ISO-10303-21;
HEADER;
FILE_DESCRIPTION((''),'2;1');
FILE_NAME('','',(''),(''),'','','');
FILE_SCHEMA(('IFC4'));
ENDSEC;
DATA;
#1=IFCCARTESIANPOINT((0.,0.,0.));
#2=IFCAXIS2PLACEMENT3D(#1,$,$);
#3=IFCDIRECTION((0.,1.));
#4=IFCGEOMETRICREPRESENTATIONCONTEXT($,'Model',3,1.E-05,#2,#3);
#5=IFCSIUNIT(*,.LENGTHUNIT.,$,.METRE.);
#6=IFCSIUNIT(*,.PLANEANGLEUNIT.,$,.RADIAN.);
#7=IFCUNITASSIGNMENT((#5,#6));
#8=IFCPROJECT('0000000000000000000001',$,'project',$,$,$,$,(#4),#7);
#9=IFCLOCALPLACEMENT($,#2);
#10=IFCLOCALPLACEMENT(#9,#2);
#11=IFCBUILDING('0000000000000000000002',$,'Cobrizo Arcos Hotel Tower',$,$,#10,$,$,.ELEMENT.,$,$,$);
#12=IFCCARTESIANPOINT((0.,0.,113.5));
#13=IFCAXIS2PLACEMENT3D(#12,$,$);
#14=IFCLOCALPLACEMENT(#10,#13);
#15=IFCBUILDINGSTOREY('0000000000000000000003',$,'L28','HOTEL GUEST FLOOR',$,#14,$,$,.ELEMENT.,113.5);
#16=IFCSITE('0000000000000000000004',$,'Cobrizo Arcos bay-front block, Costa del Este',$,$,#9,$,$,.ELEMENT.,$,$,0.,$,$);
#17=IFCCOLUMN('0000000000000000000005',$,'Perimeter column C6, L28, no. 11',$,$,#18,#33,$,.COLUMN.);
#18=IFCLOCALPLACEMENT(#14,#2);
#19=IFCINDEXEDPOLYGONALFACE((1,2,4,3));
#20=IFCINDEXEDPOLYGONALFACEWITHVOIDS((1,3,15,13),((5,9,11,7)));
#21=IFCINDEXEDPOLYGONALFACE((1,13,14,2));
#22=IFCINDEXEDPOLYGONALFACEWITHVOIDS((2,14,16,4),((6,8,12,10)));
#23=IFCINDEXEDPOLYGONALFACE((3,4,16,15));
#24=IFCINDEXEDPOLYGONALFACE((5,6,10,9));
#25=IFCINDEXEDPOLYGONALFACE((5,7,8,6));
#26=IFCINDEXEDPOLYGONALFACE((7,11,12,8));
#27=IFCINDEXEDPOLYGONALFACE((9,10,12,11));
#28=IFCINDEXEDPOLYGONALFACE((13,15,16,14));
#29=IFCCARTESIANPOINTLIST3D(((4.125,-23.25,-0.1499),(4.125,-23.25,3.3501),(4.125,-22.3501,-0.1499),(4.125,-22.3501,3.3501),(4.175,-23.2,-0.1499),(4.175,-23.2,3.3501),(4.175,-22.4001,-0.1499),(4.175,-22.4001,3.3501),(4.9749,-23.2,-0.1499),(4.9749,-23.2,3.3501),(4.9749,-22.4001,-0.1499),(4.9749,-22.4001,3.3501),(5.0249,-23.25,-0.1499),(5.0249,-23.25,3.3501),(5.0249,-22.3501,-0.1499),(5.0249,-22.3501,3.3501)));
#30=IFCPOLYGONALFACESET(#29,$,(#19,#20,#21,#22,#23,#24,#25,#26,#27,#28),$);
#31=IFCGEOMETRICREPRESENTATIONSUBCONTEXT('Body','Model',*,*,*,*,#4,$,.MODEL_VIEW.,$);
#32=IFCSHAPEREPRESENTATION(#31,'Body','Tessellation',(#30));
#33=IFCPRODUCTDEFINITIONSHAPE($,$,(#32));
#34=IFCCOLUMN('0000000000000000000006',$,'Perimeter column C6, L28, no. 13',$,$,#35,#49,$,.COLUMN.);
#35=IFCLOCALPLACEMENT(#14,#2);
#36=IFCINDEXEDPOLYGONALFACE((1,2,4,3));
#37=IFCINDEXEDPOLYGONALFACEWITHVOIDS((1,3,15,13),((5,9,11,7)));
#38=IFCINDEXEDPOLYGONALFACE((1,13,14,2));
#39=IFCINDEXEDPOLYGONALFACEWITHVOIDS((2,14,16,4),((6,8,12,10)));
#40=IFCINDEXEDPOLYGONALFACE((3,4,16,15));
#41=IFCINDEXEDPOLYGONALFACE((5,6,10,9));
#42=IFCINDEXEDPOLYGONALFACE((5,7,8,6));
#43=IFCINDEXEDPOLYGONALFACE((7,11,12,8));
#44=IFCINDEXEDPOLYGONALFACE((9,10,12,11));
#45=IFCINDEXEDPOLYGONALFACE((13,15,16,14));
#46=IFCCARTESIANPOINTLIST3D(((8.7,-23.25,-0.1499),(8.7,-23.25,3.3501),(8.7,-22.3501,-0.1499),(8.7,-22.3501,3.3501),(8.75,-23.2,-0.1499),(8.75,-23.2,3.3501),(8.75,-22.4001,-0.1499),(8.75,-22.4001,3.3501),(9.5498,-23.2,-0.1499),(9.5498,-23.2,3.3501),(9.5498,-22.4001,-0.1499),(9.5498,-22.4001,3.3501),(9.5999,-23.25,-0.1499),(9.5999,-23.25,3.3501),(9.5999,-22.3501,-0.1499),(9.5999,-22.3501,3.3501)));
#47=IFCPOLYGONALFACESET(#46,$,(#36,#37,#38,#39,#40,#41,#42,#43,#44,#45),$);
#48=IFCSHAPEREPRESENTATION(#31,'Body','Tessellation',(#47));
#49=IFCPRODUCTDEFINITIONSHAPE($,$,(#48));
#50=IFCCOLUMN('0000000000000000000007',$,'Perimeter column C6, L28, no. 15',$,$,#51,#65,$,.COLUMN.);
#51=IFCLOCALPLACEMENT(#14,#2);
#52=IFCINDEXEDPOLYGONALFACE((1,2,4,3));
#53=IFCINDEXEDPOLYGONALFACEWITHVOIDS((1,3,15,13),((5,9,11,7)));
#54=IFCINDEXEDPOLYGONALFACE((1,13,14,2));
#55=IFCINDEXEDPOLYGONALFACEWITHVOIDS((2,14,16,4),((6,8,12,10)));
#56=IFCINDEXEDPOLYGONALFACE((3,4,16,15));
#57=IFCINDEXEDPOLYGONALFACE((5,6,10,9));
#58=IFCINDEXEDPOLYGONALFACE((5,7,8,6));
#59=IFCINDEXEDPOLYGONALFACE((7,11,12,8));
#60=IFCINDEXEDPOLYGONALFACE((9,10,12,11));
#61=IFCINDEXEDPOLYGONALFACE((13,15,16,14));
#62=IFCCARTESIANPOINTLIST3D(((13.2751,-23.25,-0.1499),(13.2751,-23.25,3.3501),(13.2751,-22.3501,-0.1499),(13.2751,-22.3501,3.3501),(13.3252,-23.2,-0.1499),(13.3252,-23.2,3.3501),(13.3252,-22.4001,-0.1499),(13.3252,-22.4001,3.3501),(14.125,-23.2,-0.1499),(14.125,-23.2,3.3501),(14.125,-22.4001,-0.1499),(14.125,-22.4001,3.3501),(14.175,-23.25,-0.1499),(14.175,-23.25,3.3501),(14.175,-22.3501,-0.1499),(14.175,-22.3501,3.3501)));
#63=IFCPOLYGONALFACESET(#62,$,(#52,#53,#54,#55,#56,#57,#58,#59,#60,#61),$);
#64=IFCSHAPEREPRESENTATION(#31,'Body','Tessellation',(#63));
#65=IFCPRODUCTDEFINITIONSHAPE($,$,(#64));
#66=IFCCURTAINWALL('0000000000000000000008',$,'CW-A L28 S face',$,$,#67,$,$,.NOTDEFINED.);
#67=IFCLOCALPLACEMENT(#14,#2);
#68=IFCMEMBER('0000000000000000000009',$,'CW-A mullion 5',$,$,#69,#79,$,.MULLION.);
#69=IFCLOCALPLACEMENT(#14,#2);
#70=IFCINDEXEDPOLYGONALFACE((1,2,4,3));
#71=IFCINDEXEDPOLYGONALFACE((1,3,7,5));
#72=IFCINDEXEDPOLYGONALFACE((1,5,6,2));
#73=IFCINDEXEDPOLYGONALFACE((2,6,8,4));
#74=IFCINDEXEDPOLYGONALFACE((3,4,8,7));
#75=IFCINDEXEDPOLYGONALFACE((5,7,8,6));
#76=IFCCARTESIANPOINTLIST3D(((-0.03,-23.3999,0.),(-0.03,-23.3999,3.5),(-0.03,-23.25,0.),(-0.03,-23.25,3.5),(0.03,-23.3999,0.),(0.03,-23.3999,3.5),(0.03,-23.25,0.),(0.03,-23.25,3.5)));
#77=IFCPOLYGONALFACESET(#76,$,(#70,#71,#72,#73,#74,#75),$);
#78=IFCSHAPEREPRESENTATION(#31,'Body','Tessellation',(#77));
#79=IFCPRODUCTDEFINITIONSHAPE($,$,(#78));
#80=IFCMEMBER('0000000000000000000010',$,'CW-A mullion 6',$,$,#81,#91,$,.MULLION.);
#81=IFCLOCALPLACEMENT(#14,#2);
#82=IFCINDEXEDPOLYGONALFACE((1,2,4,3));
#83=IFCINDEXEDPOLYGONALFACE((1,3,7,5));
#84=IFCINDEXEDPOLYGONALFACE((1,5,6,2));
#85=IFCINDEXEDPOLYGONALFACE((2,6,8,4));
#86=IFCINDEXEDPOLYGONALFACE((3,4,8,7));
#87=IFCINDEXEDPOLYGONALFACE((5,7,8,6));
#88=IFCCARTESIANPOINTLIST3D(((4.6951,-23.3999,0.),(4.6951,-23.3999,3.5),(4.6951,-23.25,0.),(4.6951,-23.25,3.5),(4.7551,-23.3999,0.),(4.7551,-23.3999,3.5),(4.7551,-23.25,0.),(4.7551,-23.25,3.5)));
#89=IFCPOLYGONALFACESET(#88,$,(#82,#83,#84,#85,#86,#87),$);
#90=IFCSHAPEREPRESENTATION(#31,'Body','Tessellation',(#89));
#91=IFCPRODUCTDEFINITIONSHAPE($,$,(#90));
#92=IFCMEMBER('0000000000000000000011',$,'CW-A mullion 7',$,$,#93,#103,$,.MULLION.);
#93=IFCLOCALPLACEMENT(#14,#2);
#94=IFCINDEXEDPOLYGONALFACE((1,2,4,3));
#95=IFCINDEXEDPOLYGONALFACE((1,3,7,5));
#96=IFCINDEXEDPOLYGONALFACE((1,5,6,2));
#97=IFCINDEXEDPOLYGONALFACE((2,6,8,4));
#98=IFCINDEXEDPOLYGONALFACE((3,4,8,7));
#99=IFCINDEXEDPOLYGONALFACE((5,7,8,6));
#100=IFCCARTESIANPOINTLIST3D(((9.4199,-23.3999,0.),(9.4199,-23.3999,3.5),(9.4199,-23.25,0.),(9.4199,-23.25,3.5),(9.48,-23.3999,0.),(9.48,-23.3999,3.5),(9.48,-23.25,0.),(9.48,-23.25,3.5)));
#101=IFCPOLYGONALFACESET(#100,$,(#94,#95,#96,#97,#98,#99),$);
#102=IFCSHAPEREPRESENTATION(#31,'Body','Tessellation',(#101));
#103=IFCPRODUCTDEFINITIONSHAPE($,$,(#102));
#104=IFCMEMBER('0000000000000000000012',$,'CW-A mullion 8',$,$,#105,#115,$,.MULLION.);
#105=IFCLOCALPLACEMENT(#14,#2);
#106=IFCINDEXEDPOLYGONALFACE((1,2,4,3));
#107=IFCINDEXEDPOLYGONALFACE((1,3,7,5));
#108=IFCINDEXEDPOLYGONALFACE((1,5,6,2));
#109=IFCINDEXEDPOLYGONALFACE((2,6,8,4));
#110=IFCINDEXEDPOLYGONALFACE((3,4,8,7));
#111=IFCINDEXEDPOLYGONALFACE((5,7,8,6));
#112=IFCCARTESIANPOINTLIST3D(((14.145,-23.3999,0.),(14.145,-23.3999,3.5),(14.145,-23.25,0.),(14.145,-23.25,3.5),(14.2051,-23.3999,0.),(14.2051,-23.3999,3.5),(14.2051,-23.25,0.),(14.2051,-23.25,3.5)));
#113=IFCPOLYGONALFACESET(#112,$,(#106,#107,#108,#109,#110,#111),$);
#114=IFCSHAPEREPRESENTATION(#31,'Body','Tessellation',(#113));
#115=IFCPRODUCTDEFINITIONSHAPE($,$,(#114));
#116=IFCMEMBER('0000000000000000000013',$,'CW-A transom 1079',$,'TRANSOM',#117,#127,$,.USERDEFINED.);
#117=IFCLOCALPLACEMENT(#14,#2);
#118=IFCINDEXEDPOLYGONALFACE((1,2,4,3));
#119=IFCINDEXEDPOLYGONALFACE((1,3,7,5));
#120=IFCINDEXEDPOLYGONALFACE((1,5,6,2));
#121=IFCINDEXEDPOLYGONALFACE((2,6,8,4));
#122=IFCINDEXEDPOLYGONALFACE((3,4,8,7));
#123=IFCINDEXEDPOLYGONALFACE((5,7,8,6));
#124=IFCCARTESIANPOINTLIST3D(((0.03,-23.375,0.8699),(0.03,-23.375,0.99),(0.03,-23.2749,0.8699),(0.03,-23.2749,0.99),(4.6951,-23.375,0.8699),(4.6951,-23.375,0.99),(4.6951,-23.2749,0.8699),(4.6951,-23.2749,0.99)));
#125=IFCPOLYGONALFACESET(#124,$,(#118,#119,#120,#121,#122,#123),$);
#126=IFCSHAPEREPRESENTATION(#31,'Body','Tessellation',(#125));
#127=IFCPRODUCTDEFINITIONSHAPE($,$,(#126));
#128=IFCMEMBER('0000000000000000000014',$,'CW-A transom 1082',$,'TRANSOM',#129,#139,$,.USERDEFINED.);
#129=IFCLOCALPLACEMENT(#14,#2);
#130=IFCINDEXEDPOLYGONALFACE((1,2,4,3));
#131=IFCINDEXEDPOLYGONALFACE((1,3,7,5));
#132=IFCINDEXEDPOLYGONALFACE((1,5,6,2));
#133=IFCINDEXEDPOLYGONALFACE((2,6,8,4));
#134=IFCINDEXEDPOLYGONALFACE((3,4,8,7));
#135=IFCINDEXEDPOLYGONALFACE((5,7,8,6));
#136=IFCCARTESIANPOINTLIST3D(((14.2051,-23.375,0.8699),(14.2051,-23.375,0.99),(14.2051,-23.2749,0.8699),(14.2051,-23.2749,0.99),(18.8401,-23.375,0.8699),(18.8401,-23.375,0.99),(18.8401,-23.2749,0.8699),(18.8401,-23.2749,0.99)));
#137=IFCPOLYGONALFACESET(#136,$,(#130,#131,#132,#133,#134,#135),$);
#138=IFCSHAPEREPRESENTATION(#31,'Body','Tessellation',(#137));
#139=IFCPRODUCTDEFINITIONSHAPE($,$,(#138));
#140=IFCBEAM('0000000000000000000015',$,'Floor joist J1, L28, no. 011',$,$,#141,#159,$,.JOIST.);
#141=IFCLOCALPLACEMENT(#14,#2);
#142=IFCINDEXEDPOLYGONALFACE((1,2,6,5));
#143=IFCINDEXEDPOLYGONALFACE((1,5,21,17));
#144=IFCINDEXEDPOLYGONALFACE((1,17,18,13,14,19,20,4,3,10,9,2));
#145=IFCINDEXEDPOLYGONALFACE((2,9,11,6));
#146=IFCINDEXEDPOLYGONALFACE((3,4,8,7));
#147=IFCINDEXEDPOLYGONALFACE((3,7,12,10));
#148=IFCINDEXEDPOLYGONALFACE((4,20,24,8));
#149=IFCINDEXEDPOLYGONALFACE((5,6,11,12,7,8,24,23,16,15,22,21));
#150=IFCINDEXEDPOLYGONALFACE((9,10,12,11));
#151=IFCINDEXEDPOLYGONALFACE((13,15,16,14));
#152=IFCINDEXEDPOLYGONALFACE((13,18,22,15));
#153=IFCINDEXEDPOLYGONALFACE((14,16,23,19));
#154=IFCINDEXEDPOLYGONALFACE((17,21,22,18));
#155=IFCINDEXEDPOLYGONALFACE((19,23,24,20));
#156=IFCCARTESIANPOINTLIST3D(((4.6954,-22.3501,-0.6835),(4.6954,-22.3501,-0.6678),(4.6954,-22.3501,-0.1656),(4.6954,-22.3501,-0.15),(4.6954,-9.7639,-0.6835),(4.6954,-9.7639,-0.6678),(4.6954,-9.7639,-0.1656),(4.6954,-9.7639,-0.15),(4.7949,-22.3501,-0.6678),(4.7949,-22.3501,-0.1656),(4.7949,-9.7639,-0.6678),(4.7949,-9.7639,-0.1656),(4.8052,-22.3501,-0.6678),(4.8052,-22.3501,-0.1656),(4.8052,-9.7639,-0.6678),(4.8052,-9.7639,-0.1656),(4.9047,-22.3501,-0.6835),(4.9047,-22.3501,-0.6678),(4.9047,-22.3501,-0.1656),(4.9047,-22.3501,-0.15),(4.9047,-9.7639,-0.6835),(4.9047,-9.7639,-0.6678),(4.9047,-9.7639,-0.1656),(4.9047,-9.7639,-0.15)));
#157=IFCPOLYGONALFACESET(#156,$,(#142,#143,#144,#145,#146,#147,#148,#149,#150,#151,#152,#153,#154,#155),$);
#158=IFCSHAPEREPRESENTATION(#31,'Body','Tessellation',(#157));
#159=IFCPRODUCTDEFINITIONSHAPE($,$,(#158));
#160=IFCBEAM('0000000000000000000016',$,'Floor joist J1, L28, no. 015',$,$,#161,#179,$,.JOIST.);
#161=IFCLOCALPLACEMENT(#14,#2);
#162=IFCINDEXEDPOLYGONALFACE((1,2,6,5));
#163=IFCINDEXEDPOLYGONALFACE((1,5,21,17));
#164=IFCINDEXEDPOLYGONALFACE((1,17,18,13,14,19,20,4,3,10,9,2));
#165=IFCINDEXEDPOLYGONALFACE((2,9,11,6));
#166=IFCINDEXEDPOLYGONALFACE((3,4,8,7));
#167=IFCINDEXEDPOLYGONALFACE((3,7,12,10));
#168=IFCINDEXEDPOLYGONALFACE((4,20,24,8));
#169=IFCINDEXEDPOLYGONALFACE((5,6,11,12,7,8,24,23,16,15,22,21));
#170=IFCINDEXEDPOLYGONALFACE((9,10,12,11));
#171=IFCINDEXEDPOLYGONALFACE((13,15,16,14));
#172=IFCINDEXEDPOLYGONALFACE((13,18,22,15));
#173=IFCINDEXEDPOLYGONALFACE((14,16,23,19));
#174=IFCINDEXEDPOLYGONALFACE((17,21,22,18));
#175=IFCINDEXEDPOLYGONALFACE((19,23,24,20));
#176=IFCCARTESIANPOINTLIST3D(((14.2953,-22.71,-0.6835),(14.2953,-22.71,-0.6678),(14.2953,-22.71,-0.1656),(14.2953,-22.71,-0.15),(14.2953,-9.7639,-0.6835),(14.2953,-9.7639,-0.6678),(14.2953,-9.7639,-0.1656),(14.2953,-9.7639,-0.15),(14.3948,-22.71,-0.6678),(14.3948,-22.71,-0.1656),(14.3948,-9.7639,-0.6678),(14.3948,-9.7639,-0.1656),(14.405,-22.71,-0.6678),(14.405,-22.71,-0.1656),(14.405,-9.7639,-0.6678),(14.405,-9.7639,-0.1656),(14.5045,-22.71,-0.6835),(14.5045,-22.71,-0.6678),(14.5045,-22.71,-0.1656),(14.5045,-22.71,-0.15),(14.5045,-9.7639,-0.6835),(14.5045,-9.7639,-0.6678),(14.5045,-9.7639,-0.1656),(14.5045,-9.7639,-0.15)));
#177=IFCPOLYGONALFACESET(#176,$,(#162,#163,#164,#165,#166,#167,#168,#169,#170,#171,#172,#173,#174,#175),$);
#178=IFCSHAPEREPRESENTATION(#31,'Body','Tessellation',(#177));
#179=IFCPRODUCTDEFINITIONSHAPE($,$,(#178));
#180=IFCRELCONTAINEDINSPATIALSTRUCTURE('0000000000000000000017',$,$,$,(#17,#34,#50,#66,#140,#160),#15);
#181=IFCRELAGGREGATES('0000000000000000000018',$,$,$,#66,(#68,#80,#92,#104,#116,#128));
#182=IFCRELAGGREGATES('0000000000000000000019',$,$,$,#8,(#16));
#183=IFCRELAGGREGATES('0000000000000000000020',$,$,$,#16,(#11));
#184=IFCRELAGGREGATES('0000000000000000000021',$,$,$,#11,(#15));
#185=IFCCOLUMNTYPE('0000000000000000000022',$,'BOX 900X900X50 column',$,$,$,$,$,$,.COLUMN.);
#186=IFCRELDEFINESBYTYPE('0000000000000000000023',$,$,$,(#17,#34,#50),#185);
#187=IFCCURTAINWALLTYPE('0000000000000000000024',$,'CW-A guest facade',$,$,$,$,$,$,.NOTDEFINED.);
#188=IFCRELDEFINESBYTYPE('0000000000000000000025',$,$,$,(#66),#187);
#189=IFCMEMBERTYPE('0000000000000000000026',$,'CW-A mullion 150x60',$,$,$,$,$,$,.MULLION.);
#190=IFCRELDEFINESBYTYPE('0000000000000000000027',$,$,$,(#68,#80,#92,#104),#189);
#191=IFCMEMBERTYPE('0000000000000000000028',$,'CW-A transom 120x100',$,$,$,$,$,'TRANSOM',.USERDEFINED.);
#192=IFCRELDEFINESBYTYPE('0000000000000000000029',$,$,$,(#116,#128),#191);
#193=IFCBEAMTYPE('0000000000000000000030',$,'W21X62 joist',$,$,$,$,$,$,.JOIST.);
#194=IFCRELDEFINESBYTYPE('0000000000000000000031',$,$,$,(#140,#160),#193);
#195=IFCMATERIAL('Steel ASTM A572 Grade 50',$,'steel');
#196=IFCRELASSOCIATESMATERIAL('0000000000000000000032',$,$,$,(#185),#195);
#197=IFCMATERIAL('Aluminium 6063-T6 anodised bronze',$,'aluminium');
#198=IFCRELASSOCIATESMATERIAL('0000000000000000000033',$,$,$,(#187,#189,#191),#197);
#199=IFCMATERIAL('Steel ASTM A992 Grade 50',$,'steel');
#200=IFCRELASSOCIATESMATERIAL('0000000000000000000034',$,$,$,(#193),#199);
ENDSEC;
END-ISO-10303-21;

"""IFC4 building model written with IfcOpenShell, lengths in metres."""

from ifc_helpers import new_model, si_unit, direction, frame, origin, origin_2d, place, context, subcontext, project, spatial, rectangle, hollow_rectangle, i_section, extrude, material, material_profile, profile_set, type_object, element, aggregate, save


model = new_model("IFC4")

# Units and contexts
model_context = context("Model", 3, precision=1e-05, world=origin(), true_north=direction((0.0, 1.0)))
body_context = subcontext(model_context, "Body", "Model", "MODEL_VIEW")
ifc_project = project(units=[si_unit("LENGTHUNIT", "METRE"), si_unit("PLANEANGLEUNIT", "RADIAN")], contexts=[model_context])

# Site, building, storey
site_placement = place(None, origin())
site = spatial("IfcSite", under=ifc_project, at=site_placement, Name="Cobrizo Arcos bay-front block, Costa del Este", CompositionType="ELEMENT", RefElevation=0.0)
building_placement = place(site_placement, origin())
building = spatial("IfcBuilding", under=site, at=building_placement, Name="Cobrizo Arcos Hotel Tower", CompositionType="ELEMENT")
storey_placement = place(building_placement, frame((0.0, 0.0, 113.5)))
storey = spatial("IfcBuildingStorey", under=building, at=storey_placement, Name="L28", Description="HOTEL GUEST FLOOR", CompositionType="ELEMENT", Elevation=113.5)

# Columns
ifc_material_1 = material(Name="Steel ASTM A572 Grade 50", Category="steel")
ifc_material_profile_1 = material_profile(ifc_material_1, hollow_rectangle(XDim=0.8999, YDim=0.8999, WallThickness=0.05, at=origin_2d()), Name="BOX 900X900X50")
ifc_profile_set_1 = profile_set([ifc_material_profile_1], Name="Steel ASTM A572 Grade 50")
column_type = type_object("IfcColumnType", Name="BOX 900X900X50 column", PredefinedType="COLUMN", material=ifc_profile_set_1)
for number, where, z_axis, x_axis, name in (
    (1, (4.575, -22.8, -0.1499), (0.0, 0.0, 1.0), (1.0, 0.0, 0.0), "Perimeter column C6, L28, no. 11"),
    (2, (9.1499, -22.8, -0.1499), (0.0, 0.0, 1.0), (1.0, 0.0, 0.0), "Perimeter column C6, L28, no. 13"),
    (3, (13.7251, -22.8, -0.1499), (0.0, 0.0, 1.0), (1.0, 0.0, 0.0), "Perimeter column C6, L28, no. 15"),
):
    element("IfcColumn", number, at=place(storey_placement, frame(where, z_axis=z_axis, x_axis=x_axis)), inside=storey, type_object=column_type, Name=name, PredefinedType="COLUMN", context=body_context, shape_type="SweptSolid", body=[
        extrude(hollow_rectangle(XDim=0.8999, YDim=0.8999, WallThickness=0.05, at=origin_2d()), origin(), (0.0, 0.0, 1.0), 3.5),
    ])

# Curtain wall, members
ifc_material_2 = material(Name="Aluminium 6063-T6 anodised bronze", Category="aluminium")
curtain_wall_type = type_object("IfcCurtainWallType", Name="CW-A guest facade", PredefinedType="NOTDEFINED", material=ifc_material_2)
curtain_wall_placement = place(storey_placement, origin())
curtain_wall = element("IfcCurtainWall", 4, at=curtain_wall_placement, inside=storey, type_object=curtain_wall_type, Name="CW-A L28 S face", PredefinedType="NOTDEFINED")
ifc_material_profile_2 = material_profile(ifc_material_2, rectangle(XDim=0.1499, YDim=0.0601, at=origin_2d()), Name="CW-A mullion 150x60")
ifc_profile_set_2 = profile_set([ifc_material_profile_2], Name="Aluminium 6063-T6 anodised bronze")
member_type_1 = type_object("IfcMemberType", Name="CW-A mullion 150x60", PredefinedType="MULLION", material=ifc_profile_set_2)
member_1_placement = place(storey_placement, frame((0.0, -23.325, 0.0), z_axis=(0.0, 0.0, 1.0), x_axis=(0.0, -1.0, 0.0)))
member_1 = element("IfcMember", 5, at=member_1_placement, type_object=member_type_1, Name="CW-A mullion 5", PredefinedType="MULLION", context=body_context, shape_type="SweptSolid", body=[
    extrude(rectangle(XDim=0.1499, YDim=0.0601, at=origin_2d()), origin(), (0.0, 0.0, 1.0), 3.5),
])
member_2_placement = place(storey_placement, frame((4.7251, -23.325, 0.0), z_axis=(0.0, 0.0, 1.0), x_axis=(0.0, -1.0, 0.0)))
member_2 = element("IfcMember", 6, at=member_2_placement, type_object=member_type_1, Name="CW-A mullion 6", PredefinedType="MULLION", context=body_context, shape_type="SweptSolid", body=[
    extrude(rectangle(XDim=0.1499, YDim=0.0601, at=origin_2d()), origin(), (0.0, 0.0, 1.0), 3.5),
])
member_3_placement = place(storey_placement, frame((9.45, -23.325, 0.0), z_axis=(0.0, 0.0, 1.0), x_axis=(0.0, -1.0, 0.0)))
member_3 = element("IfcMember", 7, at=member_3_placement, type_object=member_type_1, Name="CW-A mullion 7", PredefinedType="MULLION", context=body_context, shape_type="SweptSolid", body=[
    extrude(rectangle(XDim=0.1499, YDim=0.0601, at=origin_2d()), origin(), (0.0, 0.0, 1.0), 3.5),
])
member_4_placement = place(storey_placement, frame((14.175, -23.325, 0.0), z_axis=(0.0, 0.0, 1.0), x_axis=(0.0, -1.0, 0.0)))
member_4 = element("IfcMember", 8, at=member_4_placement, type_object=member_type_1, Name="CW-A mullion 8", PredefinedType="MULLION", context=body_context, shape_type="SweptSolid", body=[
    extrude(rectangle(XDim=0.1499, YDim=0.0601, at=origin_2d()), origin(), (0.0, 0.0, 1.0), 3.5),
])
ifc_material_profile_3 = material_profile(ifc_material_2, rectangle(XDim=0.1001, YDim=0.1201, at=origin_2d()), Name="CW-A transom 120x100")
ifc_profile_set_3 = profile_set([ifc_material_profile_3], Name="Aluminium 6063-T6 anodised bronze")
member_type_2 = type_object("IfcMemberType", Name="CW-A transom 120x100", ElementType="TRANSOM", PredefinedType="USERDEFINED", material=ifc_profile_set_3)
member_5_placement = place(storey_placement, frame((0.03, -23.325, 0.9299), z_axis=(1.0, 0.0, 0.0), x_axis=(0.0, 1.0, 0.0)))
member_5 = element("IfcMember", 9, at=member_5_placement, type_object=member_type_2, Name="CW-A transom 1079", ObjectType="TRANSOM", PredefinedType="USERDEFINED", context=body_context, shape_type="SweptSolid", body=[
    extrude(rectangle(XDim=0.1001, YDim=0.1201, at=origin_2d()), origin(), (0.0, 0.0, 1.0), 4.665),
])
member_6_placement = place(storey_placement, frame((14.2051, -23.325, 0.9299), z_axis=(1.0, 0.0, 0.0), x_axis=(0.0, 1.0, 0.0)))
member_6 = element("IfcMember", 10, at=member_6_placement, type_object=member_type_2, Name="CW-A transom 1082", ObjectType="TRANSOM", PredefinedType="USERDEFINED", context=body_context, shape_type="SweptSolid", body=[
    extrude(rectangle(XDim=0.1001, YDim=0.1201, at=origin_2d()), origin(), (0.0, 0.0, 1.0), 4.635),
])

# Beams
ifc_material_3 = material(Name="Steel ASTM A992 Grade 50", Category="steel")
ifc_material_profile_4 = material_profile(ifc_material_3, i_section(OverallWidth=0.2092, OverallDepth=0.5334, WebThickness=0.0103, FlangeThickness=0.0156, at=origin_2d()), Name="W21X62")
ifc_profile_set_4 = profile_set([ifc_material_profile_4], Name="Steel ASTM A992 Grade 50")
beam_type_1 = type_object("IfcBeamType", Name="W21X62 joist", PredefinedType="JOIST", material=ifc_profile_set_4)
beam_1_placement = place(storey_placement, frame((4.8, -22.3501, -0.4167), z_axis=(0.0, 1.0, 0.0), x_axis=(-1.0, 0.0, 0.0)))
element("IfcBeam", 11, at=beam_1_placement, inside=storey, type_object=beam_type_1, Name="Floor joist J1, L28, no. 011", PredefinedType="JOIST", context=body_context, shape_type="SweptSolid", body=[
    extrude(i_section(OverallWidth=0.2092, OverallDepth=0.5334, WebThickness=0.0103, FlangeThickness=0.0156, at=origin_2d()), origin(), (0.0, 0.0, 1.0), 12.5862),
])
beam_2_placement = place(storey_placement, frame((14.3999, -22.71, -0.4167), z_axis=(0.0, 1.0, 0.0), x_axis=(-1.0, 0.0, 0.0)))
element("IfcBeam", 12, at=beam_2_placement, inside=storey, type_object=beam_type_1, Name="Floor joist J1, L28, no. 015", PredefinedType="JOIST", context=body_context, shape_type="SweptSolid", body=[
    extrude(i_section(OverallWidth=0.2092, OverallDepth=0.5334, WebThickness=0.0103, FlangeThickness=0.0156, at=origin_2d()), origin(), (0.0, 0.0, 1.0), 12.946),
])

aggregate(curtain_wall, [member_1, member_2, member_3, member_4, member_5, member_6])

save(model, "model.ifc")
